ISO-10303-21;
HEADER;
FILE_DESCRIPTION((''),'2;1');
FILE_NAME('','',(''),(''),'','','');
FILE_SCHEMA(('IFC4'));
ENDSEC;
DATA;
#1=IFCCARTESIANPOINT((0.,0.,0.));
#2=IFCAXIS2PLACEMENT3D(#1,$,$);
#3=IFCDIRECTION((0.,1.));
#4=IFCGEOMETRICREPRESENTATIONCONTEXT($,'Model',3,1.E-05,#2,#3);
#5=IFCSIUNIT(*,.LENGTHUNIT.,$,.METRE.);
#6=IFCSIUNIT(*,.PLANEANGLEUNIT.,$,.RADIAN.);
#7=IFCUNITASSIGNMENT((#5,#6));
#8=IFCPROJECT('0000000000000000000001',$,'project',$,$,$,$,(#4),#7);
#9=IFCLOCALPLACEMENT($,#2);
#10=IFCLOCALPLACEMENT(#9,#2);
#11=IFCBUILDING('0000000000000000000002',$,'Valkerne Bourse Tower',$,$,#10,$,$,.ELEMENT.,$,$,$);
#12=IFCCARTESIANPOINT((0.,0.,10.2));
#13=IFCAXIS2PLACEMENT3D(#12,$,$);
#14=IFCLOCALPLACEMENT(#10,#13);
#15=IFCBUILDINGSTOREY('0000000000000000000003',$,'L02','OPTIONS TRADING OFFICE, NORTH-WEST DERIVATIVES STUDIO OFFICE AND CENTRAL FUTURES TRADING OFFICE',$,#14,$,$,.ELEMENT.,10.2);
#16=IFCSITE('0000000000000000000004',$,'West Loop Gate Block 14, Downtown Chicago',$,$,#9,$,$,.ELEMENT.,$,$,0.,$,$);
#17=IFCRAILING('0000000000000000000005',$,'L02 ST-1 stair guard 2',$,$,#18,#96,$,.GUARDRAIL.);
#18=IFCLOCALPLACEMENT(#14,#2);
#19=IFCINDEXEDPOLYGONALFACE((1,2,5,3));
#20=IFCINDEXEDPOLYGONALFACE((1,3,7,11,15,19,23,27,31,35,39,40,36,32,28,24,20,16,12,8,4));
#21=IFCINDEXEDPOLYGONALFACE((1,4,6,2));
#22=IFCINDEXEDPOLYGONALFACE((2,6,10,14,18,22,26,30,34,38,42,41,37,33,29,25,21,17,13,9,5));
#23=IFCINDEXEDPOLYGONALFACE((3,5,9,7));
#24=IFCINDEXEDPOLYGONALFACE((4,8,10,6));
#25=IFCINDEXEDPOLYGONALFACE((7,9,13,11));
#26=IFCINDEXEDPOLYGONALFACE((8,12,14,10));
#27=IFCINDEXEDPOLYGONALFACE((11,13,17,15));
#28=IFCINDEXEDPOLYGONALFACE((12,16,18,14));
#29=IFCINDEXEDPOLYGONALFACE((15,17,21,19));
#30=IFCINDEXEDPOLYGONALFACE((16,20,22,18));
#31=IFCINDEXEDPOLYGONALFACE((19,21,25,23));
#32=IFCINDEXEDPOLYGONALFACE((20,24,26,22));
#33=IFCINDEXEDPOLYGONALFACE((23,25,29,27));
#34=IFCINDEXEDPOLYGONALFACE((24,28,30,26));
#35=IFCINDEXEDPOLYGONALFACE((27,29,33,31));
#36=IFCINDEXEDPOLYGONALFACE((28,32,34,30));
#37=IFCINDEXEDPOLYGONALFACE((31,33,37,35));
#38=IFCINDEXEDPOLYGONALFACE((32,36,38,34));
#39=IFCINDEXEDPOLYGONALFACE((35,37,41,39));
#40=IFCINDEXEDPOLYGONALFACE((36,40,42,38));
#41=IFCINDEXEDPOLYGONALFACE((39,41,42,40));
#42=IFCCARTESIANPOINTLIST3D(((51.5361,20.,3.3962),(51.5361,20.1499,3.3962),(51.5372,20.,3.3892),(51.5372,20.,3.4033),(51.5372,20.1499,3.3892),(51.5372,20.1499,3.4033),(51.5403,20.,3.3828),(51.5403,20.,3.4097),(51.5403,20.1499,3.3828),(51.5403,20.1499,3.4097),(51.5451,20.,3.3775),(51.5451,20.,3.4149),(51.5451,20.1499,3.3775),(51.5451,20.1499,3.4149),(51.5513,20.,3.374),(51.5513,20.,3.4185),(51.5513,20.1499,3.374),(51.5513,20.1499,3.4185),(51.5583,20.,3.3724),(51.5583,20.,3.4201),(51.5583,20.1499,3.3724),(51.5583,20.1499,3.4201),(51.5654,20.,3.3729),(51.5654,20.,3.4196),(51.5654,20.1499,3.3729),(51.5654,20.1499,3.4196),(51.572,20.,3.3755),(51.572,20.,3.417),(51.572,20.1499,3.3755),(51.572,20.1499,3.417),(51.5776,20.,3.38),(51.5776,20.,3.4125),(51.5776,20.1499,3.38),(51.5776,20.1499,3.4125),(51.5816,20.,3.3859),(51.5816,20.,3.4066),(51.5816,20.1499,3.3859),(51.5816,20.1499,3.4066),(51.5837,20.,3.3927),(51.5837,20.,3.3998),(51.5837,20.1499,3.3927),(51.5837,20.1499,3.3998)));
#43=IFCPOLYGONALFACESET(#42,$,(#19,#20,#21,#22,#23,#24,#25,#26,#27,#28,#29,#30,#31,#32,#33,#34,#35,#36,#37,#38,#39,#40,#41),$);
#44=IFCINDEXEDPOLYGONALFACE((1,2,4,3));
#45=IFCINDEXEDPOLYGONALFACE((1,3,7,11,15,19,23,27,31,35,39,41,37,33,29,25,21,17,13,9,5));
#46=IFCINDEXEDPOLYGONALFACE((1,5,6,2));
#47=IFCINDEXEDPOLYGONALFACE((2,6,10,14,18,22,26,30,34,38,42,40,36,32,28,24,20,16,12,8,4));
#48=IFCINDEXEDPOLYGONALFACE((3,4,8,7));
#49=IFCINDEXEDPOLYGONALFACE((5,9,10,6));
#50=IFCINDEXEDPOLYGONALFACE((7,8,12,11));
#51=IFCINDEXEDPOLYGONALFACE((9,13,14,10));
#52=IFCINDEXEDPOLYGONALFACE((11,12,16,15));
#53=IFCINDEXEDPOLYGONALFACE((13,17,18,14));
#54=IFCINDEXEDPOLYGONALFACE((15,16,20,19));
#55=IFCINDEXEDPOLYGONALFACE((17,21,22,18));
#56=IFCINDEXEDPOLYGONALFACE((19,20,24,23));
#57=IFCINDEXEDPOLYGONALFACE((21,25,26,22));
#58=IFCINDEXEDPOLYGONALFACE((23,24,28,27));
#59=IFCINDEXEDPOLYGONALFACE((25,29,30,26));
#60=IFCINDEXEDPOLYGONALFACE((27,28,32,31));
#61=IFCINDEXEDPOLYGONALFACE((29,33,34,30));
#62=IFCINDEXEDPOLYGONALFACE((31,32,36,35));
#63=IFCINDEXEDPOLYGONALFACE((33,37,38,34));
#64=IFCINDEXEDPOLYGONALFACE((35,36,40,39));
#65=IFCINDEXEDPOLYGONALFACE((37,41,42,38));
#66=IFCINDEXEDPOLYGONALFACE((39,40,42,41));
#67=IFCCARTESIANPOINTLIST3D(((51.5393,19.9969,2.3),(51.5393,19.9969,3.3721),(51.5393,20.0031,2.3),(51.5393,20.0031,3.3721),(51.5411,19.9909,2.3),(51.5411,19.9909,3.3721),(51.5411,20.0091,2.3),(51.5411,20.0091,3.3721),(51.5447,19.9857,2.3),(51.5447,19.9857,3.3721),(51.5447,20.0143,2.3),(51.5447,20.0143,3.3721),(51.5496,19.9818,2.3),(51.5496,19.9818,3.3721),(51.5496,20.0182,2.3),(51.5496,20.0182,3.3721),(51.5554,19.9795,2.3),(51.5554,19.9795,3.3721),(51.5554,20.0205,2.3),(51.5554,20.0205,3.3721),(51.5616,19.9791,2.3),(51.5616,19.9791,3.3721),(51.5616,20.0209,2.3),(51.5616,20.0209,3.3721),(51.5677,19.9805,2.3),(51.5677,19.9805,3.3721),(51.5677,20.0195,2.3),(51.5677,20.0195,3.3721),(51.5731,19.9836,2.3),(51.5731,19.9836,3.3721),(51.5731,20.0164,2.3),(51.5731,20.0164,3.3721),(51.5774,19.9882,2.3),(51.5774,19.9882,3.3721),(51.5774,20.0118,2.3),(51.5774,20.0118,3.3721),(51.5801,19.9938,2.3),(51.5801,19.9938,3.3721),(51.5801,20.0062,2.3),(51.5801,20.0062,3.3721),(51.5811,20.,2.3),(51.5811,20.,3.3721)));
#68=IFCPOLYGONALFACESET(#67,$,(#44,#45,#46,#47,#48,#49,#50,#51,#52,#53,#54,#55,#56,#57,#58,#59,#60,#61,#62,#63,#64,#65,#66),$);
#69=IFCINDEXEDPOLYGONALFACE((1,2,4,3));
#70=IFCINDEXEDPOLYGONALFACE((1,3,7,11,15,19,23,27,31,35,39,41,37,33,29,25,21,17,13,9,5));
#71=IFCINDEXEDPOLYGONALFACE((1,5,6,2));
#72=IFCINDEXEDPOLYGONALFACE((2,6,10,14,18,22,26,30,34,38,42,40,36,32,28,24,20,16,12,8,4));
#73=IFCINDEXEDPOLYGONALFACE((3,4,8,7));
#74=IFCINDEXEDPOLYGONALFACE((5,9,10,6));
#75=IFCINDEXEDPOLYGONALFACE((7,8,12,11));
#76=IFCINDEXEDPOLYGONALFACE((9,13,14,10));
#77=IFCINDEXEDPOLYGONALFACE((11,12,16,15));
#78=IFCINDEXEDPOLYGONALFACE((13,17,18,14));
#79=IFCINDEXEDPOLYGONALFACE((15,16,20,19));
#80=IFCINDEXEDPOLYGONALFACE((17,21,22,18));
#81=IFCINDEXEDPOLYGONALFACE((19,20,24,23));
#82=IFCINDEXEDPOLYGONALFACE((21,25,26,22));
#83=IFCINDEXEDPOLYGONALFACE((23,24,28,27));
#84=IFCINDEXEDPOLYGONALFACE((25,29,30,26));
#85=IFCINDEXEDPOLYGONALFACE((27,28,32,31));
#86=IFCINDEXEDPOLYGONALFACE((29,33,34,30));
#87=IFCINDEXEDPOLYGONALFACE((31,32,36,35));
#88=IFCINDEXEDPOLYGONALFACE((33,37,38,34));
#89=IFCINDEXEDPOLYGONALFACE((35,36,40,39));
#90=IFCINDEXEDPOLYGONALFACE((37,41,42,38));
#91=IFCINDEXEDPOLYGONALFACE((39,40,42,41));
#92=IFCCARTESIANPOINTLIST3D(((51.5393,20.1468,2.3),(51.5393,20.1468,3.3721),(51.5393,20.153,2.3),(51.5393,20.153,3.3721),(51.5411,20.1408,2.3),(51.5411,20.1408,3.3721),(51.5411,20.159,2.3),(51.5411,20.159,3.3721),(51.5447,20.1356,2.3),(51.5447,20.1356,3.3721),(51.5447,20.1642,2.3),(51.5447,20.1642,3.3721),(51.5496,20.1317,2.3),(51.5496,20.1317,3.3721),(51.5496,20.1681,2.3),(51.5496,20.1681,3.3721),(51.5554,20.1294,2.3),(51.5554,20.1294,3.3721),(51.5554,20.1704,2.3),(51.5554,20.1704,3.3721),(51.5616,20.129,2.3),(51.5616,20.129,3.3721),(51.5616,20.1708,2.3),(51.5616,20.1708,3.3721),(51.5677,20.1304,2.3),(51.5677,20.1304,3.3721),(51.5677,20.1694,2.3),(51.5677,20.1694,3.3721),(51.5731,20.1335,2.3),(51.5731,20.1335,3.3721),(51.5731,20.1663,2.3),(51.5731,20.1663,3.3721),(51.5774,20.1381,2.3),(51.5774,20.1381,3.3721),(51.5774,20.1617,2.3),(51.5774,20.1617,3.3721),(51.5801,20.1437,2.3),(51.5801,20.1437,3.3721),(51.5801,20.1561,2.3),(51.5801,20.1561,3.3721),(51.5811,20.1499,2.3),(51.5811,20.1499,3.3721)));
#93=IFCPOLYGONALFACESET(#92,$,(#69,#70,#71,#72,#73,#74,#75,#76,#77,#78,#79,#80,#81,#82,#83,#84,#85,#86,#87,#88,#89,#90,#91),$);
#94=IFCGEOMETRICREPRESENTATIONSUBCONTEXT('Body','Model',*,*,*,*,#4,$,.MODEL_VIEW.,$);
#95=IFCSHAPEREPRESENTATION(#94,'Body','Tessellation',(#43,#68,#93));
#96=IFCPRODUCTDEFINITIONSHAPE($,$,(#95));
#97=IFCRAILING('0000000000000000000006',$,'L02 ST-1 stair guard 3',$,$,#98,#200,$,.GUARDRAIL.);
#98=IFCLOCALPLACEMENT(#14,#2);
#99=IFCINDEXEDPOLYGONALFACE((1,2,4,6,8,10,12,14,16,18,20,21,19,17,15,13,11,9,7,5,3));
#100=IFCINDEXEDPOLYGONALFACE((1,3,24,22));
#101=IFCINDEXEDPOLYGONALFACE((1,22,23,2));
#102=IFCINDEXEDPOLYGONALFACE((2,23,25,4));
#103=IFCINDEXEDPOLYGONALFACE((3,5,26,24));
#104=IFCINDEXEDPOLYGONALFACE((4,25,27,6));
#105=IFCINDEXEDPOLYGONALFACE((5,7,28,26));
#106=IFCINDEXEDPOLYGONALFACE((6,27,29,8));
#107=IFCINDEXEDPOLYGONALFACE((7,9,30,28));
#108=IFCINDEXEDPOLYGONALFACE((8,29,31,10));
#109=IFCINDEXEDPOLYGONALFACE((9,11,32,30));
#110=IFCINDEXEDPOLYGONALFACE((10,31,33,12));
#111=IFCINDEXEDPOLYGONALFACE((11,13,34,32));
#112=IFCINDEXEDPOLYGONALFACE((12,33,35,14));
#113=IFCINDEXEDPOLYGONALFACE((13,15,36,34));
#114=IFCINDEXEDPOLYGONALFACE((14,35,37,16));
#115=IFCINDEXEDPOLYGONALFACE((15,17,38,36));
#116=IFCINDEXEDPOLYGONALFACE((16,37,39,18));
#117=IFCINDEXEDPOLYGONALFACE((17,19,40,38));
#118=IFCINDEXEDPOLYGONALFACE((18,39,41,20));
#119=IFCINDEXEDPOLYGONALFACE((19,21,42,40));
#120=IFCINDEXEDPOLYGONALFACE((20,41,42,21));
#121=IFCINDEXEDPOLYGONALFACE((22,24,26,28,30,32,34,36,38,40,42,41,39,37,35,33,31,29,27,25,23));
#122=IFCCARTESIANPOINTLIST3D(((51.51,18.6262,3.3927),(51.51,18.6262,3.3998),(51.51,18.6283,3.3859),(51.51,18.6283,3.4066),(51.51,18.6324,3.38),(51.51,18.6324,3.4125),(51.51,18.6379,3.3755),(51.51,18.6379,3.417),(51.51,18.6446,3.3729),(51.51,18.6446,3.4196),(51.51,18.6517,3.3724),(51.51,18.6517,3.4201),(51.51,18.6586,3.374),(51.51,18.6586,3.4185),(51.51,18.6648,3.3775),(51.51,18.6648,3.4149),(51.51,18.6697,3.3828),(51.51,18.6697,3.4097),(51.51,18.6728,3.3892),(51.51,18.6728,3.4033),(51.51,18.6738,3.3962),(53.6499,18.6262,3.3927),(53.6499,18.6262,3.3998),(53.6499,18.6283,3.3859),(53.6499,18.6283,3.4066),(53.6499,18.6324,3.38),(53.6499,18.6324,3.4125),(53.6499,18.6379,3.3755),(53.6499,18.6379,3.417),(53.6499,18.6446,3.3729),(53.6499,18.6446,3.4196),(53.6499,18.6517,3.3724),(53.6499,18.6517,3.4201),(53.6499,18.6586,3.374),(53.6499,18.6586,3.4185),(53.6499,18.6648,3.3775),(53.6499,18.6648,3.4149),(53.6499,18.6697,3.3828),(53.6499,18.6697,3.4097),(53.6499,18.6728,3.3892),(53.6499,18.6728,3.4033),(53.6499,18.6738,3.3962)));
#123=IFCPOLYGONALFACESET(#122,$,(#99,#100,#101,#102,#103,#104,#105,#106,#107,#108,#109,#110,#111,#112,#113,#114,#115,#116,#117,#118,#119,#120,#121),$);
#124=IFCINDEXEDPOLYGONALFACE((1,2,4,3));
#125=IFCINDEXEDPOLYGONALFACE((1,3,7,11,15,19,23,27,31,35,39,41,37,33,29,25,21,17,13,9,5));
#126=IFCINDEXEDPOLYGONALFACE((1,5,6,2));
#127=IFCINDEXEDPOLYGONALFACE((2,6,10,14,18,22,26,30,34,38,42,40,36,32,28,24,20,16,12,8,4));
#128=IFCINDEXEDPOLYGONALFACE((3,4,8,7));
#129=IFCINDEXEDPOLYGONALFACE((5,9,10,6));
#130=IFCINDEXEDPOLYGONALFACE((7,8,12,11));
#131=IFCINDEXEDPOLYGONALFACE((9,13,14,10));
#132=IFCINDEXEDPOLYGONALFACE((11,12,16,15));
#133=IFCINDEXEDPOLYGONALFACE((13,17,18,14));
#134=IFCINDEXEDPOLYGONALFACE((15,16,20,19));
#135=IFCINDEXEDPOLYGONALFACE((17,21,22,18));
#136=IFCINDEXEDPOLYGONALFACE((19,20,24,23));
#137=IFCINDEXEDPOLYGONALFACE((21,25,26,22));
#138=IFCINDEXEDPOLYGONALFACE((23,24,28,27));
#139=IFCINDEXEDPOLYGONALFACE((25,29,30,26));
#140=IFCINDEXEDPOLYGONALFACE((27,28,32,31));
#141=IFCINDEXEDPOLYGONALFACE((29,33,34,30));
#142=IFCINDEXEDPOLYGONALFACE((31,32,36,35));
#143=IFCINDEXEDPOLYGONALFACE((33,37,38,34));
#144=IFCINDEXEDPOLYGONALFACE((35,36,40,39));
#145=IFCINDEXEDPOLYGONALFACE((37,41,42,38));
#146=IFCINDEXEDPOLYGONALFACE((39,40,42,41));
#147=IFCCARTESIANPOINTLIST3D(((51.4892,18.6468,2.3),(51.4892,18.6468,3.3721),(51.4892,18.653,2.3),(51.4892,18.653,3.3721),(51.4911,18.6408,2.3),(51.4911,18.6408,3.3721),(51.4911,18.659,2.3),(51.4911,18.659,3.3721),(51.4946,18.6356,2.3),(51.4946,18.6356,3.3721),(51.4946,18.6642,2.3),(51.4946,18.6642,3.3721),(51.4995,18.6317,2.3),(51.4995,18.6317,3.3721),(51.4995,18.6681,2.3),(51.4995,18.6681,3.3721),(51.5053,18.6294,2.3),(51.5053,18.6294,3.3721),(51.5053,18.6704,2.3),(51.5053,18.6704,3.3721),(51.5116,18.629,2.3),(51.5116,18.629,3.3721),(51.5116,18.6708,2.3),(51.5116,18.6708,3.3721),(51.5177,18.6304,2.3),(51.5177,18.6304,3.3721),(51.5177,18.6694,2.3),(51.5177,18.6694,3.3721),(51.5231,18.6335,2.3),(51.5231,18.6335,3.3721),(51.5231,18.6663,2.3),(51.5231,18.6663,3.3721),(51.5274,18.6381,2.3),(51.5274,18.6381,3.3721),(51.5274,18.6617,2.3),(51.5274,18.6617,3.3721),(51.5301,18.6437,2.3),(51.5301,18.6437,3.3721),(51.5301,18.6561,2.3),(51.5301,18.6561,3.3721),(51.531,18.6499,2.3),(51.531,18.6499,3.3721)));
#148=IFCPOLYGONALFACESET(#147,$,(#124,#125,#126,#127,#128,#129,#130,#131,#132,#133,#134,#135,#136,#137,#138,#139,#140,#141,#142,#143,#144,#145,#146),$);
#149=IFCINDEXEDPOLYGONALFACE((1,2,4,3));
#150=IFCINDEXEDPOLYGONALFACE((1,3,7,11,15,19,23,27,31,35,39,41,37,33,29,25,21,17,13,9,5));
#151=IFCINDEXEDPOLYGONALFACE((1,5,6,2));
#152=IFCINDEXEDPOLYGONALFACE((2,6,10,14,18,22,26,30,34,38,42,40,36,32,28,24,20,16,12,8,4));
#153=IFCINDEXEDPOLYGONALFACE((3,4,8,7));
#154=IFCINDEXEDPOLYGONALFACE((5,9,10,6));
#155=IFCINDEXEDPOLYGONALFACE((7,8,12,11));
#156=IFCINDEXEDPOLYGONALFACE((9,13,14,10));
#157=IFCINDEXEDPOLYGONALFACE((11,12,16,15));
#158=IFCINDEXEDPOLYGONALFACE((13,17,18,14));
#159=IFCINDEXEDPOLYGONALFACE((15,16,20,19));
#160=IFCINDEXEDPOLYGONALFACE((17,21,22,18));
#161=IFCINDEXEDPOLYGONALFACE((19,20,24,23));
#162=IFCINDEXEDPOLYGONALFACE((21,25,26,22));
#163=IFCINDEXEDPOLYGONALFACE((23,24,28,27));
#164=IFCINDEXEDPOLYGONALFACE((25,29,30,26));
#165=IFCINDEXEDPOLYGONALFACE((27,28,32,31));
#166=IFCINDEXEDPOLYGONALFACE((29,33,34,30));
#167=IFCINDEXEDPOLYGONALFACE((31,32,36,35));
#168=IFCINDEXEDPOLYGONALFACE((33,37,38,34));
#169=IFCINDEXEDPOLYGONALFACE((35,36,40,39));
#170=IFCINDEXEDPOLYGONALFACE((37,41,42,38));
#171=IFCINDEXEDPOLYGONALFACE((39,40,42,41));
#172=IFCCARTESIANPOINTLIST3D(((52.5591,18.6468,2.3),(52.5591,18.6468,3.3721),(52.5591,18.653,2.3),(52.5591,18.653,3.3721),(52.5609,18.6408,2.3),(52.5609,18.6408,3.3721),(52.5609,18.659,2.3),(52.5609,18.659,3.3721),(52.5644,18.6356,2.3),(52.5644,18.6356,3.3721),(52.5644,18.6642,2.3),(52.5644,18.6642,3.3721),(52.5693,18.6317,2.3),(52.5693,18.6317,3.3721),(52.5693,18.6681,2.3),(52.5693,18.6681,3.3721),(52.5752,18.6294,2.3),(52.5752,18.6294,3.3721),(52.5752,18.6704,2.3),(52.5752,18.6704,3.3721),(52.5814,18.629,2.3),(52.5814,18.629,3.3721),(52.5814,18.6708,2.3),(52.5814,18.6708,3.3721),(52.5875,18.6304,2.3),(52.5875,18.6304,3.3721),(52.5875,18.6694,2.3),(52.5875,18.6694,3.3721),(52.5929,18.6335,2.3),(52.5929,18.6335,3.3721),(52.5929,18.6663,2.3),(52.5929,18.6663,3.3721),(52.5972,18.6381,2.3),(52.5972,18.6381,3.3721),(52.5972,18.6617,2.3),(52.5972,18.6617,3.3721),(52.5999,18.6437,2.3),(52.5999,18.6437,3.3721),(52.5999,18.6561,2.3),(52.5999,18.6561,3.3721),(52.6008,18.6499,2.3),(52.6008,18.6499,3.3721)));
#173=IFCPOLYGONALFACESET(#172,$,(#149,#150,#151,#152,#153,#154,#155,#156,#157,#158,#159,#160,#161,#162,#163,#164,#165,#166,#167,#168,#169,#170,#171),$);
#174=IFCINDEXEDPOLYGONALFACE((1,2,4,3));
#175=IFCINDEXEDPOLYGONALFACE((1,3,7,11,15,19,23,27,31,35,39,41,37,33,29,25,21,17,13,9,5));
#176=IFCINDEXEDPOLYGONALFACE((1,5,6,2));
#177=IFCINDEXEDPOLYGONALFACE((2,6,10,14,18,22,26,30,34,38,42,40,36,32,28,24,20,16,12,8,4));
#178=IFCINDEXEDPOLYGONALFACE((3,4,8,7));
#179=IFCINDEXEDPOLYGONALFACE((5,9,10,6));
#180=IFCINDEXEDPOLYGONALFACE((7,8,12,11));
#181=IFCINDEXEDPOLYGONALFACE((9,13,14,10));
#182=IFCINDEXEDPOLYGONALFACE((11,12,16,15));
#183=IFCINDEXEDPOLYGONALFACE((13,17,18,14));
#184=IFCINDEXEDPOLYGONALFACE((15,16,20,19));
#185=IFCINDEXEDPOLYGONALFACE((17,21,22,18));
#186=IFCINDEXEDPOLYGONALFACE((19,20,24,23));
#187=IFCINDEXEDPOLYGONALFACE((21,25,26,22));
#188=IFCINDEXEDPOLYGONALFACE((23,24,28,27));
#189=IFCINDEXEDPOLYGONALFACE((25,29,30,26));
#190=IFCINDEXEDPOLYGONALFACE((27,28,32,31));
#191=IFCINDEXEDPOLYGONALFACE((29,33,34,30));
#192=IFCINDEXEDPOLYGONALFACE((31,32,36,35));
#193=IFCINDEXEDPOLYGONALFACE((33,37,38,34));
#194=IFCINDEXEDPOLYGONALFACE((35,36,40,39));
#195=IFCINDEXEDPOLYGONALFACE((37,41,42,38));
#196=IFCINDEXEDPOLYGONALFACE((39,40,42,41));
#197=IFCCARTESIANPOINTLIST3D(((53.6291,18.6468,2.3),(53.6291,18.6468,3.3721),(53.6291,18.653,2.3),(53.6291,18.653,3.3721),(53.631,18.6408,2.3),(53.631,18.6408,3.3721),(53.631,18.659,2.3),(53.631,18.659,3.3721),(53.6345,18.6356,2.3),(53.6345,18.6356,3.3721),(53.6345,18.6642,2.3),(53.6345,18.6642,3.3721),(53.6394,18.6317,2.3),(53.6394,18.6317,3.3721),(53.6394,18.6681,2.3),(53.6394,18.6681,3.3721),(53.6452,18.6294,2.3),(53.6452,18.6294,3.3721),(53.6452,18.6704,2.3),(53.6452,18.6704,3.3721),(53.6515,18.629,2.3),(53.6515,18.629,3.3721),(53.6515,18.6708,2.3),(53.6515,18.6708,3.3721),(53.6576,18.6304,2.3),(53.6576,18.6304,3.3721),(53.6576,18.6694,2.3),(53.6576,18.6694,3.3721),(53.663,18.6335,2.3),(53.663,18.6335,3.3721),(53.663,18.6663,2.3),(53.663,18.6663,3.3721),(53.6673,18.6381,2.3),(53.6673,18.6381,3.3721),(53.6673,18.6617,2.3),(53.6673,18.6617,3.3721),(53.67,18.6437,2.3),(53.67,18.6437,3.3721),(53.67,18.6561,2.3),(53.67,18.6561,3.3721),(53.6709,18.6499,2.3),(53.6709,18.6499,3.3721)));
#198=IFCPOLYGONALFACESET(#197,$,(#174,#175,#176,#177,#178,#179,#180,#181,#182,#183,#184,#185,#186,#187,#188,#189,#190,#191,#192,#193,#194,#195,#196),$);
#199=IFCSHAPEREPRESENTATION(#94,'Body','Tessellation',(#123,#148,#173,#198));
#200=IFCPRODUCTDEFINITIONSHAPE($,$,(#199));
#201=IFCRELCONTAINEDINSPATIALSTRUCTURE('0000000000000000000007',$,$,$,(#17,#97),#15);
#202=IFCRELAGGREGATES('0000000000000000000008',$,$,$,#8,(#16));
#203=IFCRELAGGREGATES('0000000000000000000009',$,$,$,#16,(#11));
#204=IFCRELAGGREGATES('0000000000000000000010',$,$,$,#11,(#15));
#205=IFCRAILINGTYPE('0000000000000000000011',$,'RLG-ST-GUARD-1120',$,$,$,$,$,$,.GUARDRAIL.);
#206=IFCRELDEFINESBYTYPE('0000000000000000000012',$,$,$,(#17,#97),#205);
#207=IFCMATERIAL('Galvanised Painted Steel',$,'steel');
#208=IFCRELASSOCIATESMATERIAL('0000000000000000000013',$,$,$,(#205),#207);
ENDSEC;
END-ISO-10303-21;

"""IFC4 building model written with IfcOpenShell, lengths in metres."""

from ifc_helpers import new_model, si_unit, direction, frame, origin, origin_2d, place, context, subcontext, project, spatial, circle, extrude, material, type_object, element, save


model = new_model("IFC4")

# Units and contexts
model_context = context("Model", 3, precision=1e-05, world=origin(), true_north=direction((0.0, 1.0)))
body_context = subcontext(model_context, "Body", "Model", "MODEL_VIEW")
ifc_project = project(units=[si_unit("LENGTHUNIT", "METRE"), si_unit("PLANEANGLEUNIT", "RADIAN")], contexts=[model_context])

# Site, building, storey
site_placement = place(None, origin())
site = spatial("IfcSite", under=ifc_project, at=site_placement, Name="West Loop Gate Block 14, Downtown Chicago", CompositionType="ELEMENT", RefElevation=0.0)
building_placement = place(site_placement, origin())
building = spatial("IfcBuilding", under=site, at=building_placement, Name="Valkerne Bourse Tower", CompositionType="ELEMENT")
storey_placement = place(building_placement, frame((0.0, 0.0, 10.2)))
storey = spatial("IfcBuildingStorey", under=building, at=storey_placement, Name="L02", Description="OPTIONS TRADING OFFICE, NORTH-WEST DERIVATIVES STUDIO OFFICE AND CENTRAL FUTURES TRADING OFFICE", CompositionType="ELEMENT", Elevation=10.2)

# Shared definitions
ifc_material_1 = material(Name="Galvanised Painted Steel", Category="steel")

# Railings
railing_type_1 = type_object("IfcRailingType", Name="RLG-ST-GUARD-1120", PredefinedType="GUARDRAIL", material=ifc_material_1)
railing_1_placement = place(storey_placement, frame((51.5601, 20.0, 2.3)))
element("IfcRailing", 1, at=railing_1_placement, inside=storey, type_object=railing_type_1, Name="L02 ST-1 stair guard 2", PredefinedType="GUARDRAIL", context=body_context, shape_type="SweptSolid", body=[
    extrude(circle(Radius=0.0239, at=origin_2d()), frame((0.0, 0.0, 1.0962), z_axis=(0.0, 1.0, 0.0), x_axis=(-1.0, 0.0, 0.0)), (0.0, 0.0, 1.0), 0.1499),
    extrude(circle(Radius=0.021, at=origin_2d()), origin(), (0.0, 0.0, 1.0), 1.072),
    extrude(circle(Radius=0.021, at=origin_2d()), frame((0.0, 0.1499, 0.0)), (0.0, 0.0, 1.0), 1.072),
])
for number, where, name in (
    (2, (51.51, 18.6499, 2.3), "L02 ST-1 stair guard 3"),
):
    element("IfcRailing", number, at=place(storey_placement, frame(where)), inside=storey, type_object=railing_type_1, Name=name, PredefinedType="GUARDRAIL", context=body_context, shape_type="SweptSolid", body=[
        extrude(circle(Radius=0.0239, at=origin_2d()), frame((0.0, 0.0, 1.0962), z_axis=(1.0, 0.0, 0.0), x_axis=(0.0, 1.0, 0.0)), (0.0, 0.0, 1.0), 2.1399),
        extrude(circle(Radius=0.021, at=origin_2d()), origin(), (0.0, 0.0, 1.0), 1.072),
        extrude(circle(Radius=0.021, at=origin_2d()), frame((1.0698, 0.0, 0.0)), (0.0, 0.0, 1.0), 1.072),
        extrude(circle(Radius=0.021, at=origin_2d()), frame((2.1399, 0.0, 0.0)), (0.0, 0.0, 1.0), 1.072),
    ])

save(model, "model.ifc")
